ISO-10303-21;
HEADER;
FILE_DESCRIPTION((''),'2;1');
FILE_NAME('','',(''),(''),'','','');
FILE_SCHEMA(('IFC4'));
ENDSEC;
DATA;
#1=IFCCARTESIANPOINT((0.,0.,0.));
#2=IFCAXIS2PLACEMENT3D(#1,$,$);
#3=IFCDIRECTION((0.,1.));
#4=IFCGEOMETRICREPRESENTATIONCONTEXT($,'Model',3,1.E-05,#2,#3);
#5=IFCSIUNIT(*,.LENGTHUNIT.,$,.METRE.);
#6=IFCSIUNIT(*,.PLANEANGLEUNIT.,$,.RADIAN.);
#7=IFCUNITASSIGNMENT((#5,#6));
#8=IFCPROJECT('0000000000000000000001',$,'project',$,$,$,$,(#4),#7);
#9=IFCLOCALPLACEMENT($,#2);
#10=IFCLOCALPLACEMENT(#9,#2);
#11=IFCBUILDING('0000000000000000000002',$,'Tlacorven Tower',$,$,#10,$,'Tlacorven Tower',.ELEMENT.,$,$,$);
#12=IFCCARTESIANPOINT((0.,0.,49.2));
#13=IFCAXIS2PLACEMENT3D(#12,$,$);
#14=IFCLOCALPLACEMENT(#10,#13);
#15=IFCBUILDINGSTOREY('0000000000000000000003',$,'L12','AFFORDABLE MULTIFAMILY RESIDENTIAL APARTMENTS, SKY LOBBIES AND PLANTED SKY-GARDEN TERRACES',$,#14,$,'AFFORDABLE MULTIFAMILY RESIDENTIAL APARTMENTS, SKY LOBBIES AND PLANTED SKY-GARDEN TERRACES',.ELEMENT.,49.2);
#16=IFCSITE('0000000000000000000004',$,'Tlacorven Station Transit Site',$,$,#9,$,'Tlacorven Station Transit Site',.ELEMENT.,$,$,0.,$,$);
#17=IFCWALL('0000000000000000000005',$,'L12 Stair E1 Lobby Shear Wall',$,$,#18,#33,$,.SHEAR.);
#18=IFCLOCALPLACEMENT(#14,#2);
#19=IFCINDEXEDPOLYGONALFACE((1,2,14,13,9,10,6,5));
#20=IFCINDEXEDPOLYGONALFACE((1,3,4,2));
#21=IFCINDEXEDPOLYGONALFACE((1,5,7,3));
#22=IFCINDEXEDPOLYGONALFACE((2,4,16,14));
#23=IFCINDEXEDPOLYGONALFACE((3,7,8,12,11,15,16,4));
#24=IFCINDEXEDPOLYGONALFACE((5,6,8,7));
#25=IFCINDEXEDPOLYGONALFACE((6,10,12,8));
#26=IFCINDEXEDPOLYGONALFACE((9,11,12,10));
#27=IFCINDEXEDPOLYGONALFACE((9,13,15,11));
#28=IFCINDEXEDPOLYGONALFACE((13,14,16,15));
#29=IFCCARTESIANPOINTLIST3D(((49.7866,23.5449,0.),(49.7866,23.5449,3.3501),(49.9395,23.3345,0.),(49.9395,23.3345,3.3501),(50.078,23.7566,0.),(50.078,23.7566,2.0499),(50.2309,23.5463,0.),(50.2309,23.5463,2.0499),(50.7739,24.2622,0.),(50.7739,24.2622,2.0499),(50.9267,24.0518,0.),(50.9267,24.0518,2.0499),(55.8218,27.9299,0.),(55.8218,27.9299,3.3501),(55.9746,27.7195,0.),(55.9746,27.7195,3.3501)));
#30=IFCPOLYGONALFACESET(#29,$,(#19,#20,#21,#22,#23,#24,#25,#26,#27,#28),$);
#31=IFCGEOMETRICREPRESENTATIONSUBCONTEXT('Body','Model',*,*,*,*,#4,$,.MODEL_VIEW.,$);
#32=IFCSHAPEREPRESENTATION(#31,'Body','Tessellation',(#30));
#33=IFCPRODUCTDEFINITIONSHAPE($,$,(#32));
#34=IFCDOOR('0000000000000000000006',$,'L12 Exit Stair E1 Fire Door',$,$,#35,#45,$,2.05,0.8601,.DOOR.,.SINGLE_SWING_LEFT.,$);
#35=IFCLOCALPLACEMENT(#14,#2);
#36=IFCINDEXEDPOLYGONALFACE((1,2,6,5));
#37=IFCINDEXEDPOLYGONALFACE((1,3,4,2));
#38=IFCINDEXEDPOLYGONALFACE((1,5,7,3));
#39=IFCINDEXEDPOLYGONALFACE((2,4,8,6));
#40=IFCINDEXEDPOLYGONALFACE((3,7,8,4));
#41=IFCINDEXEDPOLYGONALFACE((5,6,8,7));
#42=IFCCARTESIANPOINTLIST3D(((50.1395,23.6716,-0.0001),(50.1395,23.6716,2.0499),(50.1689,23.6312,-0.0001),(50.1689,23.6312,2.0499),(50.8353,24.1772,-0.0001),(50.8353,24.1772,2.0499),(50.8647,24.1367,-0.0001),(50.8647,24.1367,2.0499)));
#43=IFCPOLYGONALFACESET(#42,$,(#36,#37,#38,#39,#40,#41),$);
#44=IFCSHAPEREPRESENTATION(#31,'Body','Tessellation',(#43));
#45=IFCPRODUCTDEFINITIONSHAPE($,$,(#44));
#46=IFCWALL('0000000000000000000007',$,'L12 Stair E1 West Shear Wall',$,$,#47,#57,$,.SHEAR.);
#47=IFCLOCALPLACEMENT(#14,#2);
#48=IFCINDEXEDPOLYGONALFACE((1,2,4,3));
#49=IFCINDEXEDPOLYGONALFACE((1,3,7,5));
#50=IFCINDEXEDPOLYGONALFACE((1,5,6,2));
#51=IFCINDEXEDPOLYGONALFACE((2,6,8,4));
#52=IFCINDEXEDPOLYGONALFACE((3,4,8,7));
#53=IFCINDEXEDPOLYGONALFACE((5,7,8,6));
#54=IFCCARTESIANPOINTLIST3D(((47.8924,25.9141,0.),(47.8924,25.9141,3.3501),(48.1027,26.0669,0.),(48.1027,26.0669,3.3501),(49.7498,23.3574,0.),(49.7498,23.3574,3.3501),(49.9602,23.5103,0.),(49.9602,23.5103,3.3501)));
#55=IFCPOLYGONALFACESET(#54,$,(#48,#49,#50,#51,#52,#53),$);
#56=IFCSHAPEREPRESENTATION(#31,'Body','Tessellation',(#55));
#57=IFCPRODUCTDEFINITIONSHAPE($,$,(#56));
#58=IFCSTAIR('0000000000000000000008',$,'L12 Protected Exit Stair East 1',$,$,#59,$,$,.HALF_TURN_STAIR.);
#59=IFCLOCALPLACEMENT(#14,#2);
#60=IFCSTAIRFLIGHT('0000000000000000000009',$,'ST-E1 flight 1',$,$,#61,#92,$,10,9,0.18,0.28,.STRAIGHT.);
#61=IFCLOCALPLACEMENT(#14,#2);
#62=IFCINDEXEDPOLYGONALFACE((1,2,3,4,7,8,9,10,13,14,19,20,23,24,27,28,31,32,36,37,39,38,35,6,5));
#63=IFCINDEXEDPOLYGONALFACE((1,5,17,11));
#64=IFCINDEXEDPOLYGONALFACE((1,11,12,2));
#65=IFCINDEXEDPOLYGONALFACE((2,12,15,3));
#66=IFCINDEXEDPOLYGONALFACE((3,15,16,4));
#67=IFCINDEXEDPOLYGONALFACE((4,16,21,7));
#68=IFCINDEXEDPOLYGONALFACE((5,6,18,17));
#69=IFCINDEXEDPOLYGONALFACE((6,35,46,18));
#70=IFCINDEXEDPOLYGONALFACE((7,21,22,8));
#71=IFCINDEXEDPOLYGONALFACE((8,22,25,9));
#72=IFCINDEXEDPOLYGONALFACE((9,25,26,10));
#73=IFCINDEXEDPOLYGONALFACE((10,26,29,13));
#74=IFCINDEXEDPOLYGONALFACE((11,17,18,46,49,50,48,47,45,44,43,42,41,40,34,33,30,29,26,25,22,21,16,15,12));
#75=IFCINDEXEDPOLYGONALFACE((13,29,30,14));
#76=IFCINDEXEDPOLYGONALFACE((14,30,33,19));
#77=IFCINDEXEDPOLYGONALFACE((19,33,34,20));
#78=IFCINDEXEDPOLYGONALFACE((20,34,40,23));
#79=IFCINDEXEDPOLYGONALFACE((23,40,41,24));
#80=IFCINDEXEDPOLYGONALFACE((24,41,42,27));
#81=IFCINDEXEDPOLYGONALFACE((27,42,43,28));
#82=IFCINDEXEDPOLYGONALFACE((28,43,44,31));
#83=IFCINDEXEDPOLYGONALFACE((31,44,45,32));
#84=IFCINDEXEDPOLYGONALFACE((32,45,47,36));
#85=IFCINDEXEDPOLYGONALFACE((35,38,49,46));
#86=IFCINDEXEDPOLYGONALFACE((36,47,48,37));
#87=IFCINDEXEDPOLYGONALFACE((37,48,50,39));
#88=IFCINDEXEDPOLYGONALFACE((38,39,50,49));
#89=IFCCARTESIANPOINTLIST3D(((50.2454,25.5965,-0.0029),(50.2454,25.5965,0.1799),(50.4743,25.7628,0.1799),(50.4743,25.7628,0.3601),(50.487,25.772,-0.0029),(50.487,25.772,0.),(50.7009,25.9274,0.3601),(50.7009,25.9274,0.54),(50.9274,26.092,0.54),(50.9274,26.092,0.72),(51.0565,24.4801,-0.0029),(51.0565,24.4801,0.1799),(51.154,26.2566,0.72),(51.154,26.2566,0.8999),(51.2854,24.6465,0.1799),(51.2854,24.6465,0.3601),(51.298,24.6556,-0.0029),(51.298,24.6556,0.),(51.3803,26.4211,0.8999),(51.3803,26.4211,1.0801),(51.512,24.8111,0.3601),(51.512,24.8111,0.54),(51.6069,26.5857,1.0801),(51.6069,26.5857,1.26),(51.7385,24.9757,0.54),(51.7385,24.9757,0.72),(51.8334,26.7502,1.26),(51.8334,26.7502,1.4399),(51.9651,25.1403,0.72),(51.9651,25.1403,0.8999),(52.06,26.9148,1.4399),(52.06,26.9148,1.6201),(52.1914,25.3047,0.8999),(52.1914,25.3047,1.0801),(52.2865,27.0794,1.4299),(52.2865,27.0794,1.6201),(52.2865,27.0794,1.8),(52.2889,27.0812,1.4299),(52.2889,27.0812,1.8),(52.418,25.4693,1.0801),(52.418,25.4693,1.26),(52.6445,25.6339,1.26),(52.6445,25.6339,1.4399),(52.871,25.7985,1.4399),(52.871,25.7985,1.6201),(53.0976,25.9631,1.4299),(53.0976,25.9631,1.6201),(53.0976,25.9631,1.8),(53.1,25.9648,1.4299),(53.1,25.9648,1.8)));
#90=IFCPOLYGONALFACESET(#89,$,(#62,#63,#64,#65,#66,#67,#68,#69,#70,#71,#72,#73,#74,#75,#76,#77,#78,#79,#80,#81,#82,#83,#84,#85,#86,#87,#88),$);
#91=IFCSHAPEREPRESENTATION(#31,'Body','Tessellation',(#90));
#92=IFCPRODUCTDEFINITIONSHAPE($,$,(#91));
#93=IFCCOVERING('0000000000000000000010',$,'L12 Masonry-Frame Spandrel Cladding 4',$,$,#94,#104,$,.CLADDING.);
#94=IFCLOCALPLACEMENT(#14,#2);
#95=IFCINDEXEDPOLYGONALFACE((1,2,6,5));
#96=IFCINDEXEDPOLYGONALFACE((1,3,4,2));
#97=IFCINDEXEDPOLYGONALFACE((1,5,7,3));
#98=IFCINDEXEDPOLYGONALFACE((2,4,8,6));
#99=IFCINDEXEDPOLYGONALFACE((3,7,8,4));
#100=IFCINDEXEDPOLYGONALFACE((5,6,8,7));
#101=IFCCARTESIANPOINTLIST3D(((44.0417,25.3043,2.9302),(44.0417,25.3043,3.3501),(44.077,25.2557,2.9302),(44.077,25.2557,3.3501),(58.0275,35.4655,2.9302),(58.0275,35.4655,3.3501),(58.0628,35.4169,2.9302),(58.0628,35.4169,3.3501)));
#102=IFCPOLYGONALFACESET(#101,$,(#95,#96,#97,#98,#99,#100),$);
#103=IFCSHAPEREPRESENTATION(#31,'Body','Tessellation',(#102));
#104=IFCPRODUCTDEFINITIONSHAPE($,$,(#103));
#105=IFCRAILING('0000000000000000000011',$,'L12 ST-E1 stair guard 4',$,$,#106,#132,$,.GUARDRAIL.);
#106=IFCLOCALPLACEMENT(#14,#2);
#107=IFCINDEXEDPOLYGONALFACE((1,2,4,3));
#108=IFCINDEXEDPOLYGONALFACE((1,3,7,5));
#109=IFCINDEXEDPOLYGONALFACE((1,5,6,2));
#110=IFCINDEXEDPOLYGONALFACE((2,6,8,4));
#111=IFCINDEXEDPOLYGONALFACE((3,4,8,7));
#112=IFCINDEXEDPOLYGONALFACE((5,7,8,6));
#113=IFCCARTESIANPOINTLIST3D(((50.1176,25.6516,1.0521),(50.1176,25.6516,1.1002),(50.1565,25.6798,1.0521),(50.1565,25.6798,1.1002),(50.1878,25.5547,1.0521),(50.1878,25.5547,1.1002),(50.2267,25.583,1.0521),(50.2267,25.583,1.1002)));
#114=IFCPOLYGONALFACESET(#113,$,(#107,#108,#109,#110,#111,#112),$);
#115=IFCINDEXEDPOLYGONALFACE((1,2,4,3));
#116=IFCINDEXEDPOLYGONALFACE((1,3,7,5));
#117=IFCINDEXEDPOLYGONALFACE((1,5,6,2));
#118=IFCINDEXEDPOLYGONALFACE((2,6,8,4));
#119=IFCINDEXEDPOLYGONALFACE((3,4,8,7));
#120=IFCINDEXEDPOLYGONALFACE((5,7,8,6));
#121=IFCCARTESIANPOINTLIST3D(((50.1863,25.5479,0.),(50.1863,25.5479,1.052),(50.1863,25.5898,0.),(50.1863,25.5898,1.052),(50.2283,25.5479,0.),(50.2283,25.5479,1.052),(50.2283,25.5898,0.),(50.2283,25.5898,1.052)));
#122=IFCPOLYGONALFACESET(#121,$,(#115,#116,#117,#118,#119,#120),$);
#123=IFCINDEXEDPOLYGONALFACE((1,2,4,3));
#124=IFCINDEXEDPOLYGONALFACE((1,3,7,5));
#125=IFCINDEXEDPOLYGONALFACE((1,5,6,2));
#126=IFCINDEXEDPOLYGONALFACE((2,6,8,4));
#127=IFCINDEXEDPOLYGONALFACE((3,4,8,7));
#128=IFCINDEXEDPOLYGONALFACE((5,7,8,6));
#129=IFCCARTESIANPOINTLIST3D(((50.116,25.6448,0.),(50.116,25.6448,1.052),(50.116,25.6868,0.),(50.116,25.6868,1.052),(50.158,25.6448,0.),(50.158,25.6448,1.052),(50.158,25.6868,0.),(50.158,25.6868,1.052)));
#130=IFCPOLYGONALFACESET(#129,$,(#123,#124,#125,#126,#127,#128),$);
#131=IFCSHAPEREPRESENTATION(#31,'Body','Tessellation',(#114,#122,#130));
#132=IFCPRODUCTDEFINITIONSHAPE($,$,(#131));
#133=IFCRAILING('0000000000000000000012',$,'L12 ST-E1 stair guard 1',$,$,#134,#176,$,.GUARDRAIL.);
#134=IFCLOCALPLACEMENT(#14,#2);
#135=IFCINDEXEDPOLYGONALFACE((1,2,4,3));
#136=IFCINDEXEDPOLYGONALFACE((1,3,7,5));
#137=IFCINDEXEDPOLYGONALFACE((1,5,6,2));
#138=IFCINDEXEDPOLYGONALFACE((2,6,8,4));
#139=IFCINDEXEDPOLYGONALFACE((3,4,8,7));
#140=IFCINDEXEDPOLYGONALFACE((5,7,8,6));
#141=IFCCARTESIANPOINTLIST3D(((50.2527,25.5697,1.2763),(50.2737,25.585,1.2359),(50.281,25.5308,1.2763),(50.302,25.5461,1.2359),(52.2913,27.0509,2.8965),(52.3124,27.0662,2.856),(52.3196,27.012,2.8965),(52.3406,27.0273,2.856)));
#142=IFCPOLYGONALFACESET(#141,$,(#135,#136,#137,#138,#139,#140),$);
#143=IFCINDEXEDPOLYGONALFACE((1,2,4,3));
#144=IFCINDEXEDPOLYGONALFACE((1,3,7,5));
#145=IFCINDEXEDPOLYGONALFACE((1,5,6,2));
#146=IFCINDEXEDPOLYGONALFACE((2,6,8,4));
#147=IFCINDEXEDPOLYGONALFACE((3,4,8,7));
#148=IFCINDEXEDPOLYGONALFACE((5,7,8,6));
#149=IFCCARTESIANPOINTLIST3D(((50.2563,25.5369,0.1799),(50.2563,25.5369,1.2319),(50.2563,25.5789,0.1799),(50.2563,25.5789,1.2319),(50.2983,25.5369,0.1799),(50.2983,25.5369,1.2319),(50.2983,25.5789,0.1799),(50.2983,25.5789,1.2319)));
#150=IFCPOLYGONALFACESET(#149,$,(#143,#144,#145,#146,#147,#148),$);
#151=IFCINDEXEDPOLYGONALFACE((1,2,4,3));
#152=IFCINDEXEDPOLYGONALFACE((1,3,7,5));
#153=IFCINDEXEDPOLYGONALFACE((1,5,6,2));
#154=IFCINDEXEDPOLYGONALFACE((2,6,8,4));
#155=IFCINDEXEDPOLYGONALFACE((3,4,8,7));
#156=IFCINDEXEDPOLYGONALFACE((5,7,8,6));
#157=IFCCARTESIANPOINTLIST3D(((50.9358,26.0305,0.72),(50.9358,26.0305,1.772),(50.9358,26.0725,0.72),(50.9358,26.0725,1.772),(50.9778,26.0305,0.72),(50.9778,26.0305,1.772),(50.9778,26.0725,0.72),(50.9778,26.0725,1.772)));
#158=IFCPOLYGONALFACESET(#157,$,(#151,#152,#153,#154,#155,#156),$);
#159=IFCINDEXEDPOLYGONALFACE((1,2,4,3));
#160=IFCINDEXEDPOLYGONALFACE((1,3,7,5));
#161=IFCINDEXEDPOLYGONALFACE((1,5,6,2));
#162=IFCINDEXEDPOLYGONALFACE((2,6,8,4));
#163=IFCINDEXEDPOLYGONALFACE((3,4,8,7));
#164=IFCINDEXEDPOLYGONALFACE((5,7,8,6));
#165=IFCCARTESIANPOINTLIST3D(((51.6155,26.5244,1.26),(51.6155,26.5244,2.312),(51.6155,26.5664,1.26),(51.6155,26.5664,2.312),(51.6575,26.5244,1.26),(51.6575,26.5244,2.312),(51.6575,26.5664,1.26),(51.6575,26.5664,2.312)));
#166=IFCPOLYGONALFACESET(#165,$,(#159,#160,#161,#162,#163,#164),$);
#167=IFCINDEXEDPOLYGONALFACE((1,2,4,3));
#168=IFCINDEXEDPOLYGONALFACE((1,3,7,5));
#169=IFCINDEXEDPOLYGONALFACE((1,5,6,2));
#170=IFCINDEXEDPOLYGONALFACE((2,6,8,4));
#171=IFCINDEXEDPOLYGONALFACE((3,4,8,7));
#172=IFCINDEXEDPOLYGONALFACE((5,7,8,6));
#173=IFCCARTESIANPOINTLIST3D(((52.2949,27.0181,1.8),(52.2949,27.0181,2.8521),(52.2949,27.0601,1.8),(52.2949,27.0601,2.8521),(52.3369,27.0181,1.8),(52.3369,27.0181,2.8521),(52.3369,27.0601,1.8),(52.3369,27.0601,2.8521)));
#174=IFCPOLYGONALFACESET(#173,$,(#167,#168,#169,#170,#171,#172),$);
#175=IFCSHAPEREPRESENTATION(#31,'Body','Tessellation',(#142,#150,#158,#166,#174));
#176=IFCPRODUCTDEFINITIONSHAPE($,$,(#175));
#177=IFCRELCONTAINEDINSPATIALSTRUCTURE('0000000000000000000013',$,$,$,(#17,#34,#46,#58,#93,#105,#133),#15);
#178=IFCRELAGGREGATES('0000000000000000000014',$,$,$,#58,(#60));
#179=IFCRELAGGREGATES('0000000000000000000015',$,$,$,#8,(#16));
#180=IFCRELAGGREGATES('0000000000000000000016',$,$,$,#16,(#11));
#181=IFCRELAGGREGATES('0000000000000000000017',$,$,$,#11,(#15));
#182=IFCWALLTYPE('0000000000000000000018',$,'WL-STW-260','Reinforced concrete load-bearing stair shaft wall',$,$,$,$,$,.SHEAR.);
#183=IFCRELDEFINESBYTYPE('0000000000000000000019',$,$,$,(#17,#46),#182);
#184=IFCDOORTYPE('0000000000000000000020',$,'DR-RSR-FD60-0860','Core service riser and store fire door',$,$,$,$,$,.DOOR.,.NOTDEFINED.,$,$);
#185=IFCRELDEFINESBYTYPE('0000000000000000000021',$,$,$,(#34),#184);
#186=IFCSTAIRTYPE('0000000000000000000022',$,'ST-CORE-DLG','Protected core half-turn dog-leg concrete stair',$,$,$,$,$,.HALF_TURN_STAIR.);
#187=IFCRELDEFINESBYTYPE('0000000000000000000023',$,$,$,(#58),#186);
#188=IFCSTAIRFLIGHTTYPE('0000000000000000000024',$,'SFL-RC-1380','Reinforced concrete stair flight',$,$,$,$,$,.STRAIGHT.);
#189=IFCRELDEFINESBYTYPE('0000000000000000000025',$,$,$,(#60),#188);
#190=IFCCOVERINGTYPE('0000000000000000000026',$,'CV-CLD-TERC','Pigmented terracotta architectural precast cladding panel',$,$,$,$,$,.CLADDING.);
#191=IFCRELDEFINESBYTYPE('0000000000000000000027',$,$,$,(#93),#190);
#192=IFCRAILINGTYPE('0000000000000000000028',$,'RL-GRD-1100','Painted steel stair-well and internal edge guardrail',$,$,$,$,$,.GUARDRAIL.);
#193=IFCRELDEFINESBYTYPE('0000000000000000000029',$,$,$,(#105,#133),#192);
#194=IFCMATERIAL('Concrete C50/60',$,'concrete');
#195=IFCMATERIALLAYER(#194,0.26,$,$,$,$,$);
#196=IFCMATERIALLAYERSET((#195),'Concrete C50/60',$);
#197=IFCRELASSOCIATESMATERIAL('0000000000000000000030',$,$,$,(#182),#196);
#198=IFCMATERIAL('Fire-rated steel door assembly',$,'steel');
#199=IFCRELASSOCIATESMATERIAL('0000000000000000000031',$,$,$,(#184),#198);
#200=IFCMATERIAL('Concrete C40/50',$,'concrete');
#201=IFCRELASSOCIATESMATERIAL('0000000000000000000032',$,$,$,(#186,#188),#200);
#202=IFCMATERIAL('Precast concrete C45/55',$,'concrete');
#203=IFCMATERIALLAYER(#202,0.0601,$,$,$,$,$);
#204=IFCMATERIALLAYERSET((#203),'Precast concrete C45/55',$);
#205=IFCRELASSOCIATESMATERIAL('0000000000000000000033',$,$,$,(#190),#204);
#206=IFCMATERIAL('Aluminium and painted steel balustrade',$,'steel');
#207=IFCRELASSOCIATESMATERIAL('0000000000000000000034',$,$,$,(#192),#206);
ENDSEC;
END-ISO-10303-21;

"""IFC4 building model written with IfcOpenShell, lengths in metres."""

from ifc_helpers import new_model, si_unit, direction, frame, frame_2d, origin, origin_2d, place, context, subcontext, project, spatial, polyline, rectangle, outline, extrude, source, transform, mapped, material, layer, layer_set, type_object, element, fill, aggregate, save


model = new_model("IFC4")

# Units and contexts
model_context = context("Model", 3, precision=1e-05, world=origin(), true_north=direction((0.0, 1.0)))
body_context = subcontext(model_context, "Body", "Model", "MODEL_VIEW")
ifc_project = project(units=[si_unit("LENGTHUNIT", "METRE"), si_unit("PLANEANGLEUNIT", "RADIAN")], contexts=[model_context])

# Site, building, storey
site_placement = place(None, origin())
site = spatial("IfcSite", under=ifc_project, at=site_placement, Name="Tlacorven Station Transit Site", LongName="Tlacorven Station Transit Site", CompositionType="ELEMENT", RefElevation=0.0)
building_placement = place(site_placement, origin())
building = spatial("IfcBuilding", under=site, at=building_placement, Name="Tlacorven Tower", LongName="Tlacorven Tower", CompositionType="ELEMENT")
storey_placement = place(building_placement, frame((0.0, 0.0, 49.2)))
storey = spatial("IfcBuildingStorey", under=building, at=storey_placement, Name="L12", Description="AFFORDABLE MULTIFAMILY RESIDENTIAL APARTMENTS, SKY LOBBIES AND PLANTED SKY-GARDEN TERRACES", LongName="AFFORDABLE MULTIFAMILY RESIDENTIAL APARTMENTS, SKY LOBBIES AND PLANTED SKY-GARDEN TERRACES", CompositionType="ELEMENT", Elevation=49.2)

# Shared definitions
ifc_material_1 = material(Name="Precast concrete C45/55", Category="concrete")

# Shared definitions
ifc_material_2 = material(Name="Concrete C40/50", Category="concrete")
ifc_material_3 = material(Name="Fire-rated steel door assembly", Category="steel")

# Shared definitions
ifc_material_4 = material(Name="Concrete C50/60", Category="concrete")
ifc_layer_1 = layer(ifc_material_4, 0.26)
ifc_layer_set_1 = layer_set([ifc_layer_1], Name="Concrete C50/60")
wall_type_1 = type_object("IfcWallType", Name="WL-STW-260", Description="Reinforced concrete load-bearing stair shaft wall", PredefinedType="SHEAR", material=ifc_layer_set_1)

# Wall, opening, door
wall_1_placement = place(storey_placement, frame((49.863, 23.4397, 0.0), z_axis=(0.0, 0.0, 1.0), x_axis=(0.809003, 0.587804, 0.0)))
wall_1 = element("IfcWall", 1, at=wall_1_placement, inside=storey, type_object=wall_type_1, Name="L12 Stair E1 Lobby Shear Wall", PredefinedType="SHEAR", context=body_context, shape_type="SweptSolid", body=[
    extrude(rectangle(XDim=7.46, YDim=0.26, at=frame_2d((3.73, 0.0))), origin(), (0.0, 0.0, 1.0), 3.3501),
])
opening_1_placement = place(wall_1_placement, frame((0.3601, 0.0, 0.0)))
opening_1 = element("IfcOpeningElement", 2, at=opening_1_placement, cuts=wall_1, PredefinedType="OPENING", context=body_context, shape_type="SweptSolid", body=[
    extrude(rectangle(XDim=0.8601, YDim=2.05, at=frame_2d((0.4302, 1.0249))), frame((0.0, 0.1401, 0.0), z_axis=(0.0, -1.0, 0.0), x_axis=(1.0, 0.0, 0.0)), (0.0, 0.0, 1.0), 0.28),
])
door_type_1 = type_object("IfcDoorType", Name="DR-RSR-FD60-0860", Description="Core service riser and store fire door", OperationType="NOTDEFINED", PredefinedType="DOOR", material=ifc_material_3)
shared_shape_1 = source(origin(), body_context, "Body", "SweptSolid", [
    extrude(rectangle(XDim=0.8601, YDim=2.05, at=frame_2d((0.4302, 1.0249))), frame((0.0, 0.0249, 0.0), z_axis=(0.0, -1.0, 0.0), x_axis=(1.0, 0.0, 0.0)), (0.0, 0.0, 1.0), 0.05),
])
door_1_placement = place(opening_1_placement, frame((0.8601, 0.0, 0.0), z_axis=(0.0, 0.0, 1.0), x_axis=(-1.0, 0.0, 0.0)))
door_1 = element("IfcDoor", 3, at=door_1_placement, inside=storey, type_object=door_type_1, Name="L12 Exit Stair E1 Fire Door", OperationType="SINGLE_SWING_LEFT", OverallHeight=2.05, OverallWidth=0.8601, PredefinedType="DOOR", context=body_context, shape_type="MappedRepresentation", body=[
    mapped(shared_shape_1, transform((0.0, 0.0, 0.0), scale=1.0)),
])
fill(opening_1, door_1)

# Wall
wall_2_placement = place(storey_placement, frame((49.855, 23.4338, 0.0), z_axis=(0.0, 0.0, 1.0), x_axis=(-0.587767, 0.80903, 0.0)))
element("IfcWall", 4, at=wall_2_placement, inside=storey, type_object=wall_type_1, Name="L12 Stair E1 West Shear Wall", PredefinedType="SHEAR", context=body_context, shape_type="SweptSolid", body=[
    extrude(rectangle(XDim=3.1602, YDim=0.26, at=frame_2d((1.5801, 0.0))), origin(), (0.0, 0.0, 1.0), 3.3501),
])

# Stair, stair flight
stair_type = type_object("IfcStairType", Name="ST-CORE-DLG", Description="Protected core half-turn dog-leg concrete stair", PredefinedType="HALF_TURN_STAIR", material=ifc_material_2)
stair_placement = place(storey_placement, origin())
stair = element("IfcStair", 5, at=stair_placement, inside=storey, type_object=stair_type, Name="L12 Protected Exit Stair East 1", PredefinedType="HALF_TURN_STAIR")
stair_flight_type = type_object("IfcStairFlightType", Name="SFL-RC-1380", Description="Reinforced concrete stair flight", PredefinedType="STRAIGHT", material=ifc_material_2)
shared_shape_2 = source(origin(), body_context, "Body", "SweptSolid", [
    extrude(outline(polyline([(-0.0029, -0.0029), (-0.0029, 0.1799), (0.28, 0.1799), (0.28, 0.3601), (0.5601, 0.3601), (0.5601, 0.54), (0.8401, 0.54), (0.8401, 0.72), (1.1201, 0.72), (1.1201, 0.8999), (1.3999, 0.8999), (1.3999, 1.0801), (1.6799, 1.0801), (1.6799, 1.26), (1.96, 1.26), (1.96, 1.4399), (2.24, 1.4399), (2.24, 1.6201), (2.52, 1.6201), (2.52, 1.8), (2.5229, 1.8), (2.5229, 1.4299), (2.52, 1.4299), (0.2957, 0.0), (0.2957, -0.0029), (-0.0029, -0.0029)])), frame((0.0, 0.6899, 0.0), z_axis=(0.0, -1.0, 0.0), x_axis=(1.0, 0.0, 0.0)), (0.0, 0.0, 1.0), 1.3799),
])
stair_flight_placement = place(storey_placement, frame((50.6533, 25.04, 0.0), z_axis=(0.0, 0.0, 1.0), x_axis=(0.809017, 0.587785, 0.0)))
stair_flight = element("IfcStairFlight", 6, at=stair_flight_placement, type_object=stair_flight_type, Name="ST-E1 flight 1", NumberOfRisers=10, NumberOfTreads=9, PredefinedType="STRAIGHT", RiserHeight=0.18, TreadLength=0.28, context=body_context, shape_type="MappedRepresentation", body=[
    mapped(shared_shape_2, transform((0.0, 0.0, 0.0), scale=1.0)),
])
aggregate(stair, [stair_flight])

# Covering
ifc_layer_2 = layer(ifc_material_1, 0.0601)
ifc_layer_set_2 = layer_set([ifc_layer_2], Name="Precast concrete C45/55")
covering_type = type_object("IfcCoveringType", Name="CV-CLD-TERC", Description="Pigmented terracotta architectural precast cladding panel", PredefinedType="CLADDING", material=ifc_layer_set_2)
shared_shape_3 = source(origin(), body_context, "Body", "SweptSolid", [
    extrude(rectangle(XDim=17.2874, YDim=0.0601, at=origin_2d()), origin(), (0.0, 0.0, 1.0), 0.4199),
])
covering_placement = place(storey_placement, frame((51.0522, 30.3606, 2.9302), z_axis=(0.0, 0.0, 1.0), x_axis=(0.809017, 0.587785, 0.0)))
element("IfcCovering", 7, at=covering_placement, inside=storey, type_object=covering_type, Name="L12 Masonry-Frame Spandrel Cladding 4", PredefinedType="CLADDING", context=body_context, shape_type="MappedRepresentation", body=[
    mapped(shared_shape_3, transform((0.0, 0.0, 0.0), scale=1.0)),
])

# Railings
ifc_material_5 = material(Name="Aluminium and painted steel balustrade", Category="steel")
railing_type_1 = type_object("IfcRailingType", Name="RL-GRD-1100", Description="Painted steel stair-well and internal edge guardrail", PredefinedType="GUARDRAIL", material=ifc_material_5)
shared_shape_4 = source(origin(), body_context, "Body", "SweptSolid", [
    extrude(rectangle(XDim=0.0481, YDim=0.0481, at=origin_2d()), frame((0.0, 0.0, 1.0762), z_axis=(-0.587201, 0.809441, 0.0), x_axis=(-0.809441, -0.587201, 0.0)), (0.0, 0.0, 1.0), 0.1196),
    extrude(rectangle(XDim=0.042, YDim=0.042, at=origin_2d()), origin(), (0.0, 0.0, 1.0), 1.052),
    extrude(rectangle(XDim=0.042, YDim=0.042, at=origin_2d()), frame((-0.0703, 0.0969, 0.0)), (0.0, 0.0, 1.0), 1.052),
])
railing_1_placement = place(storey_placement, frame((50.2073, 25.5688, 0.0)))
element("IfcRailing", 8, at=railing_1_placement, inside=storey, type_object=railing_type_1, Name="L12 ST-E1 stair guard 4", PredefinedType="GUARDRAIL", context=body_context, shape_type="MappedRepresentation", body=[
    mapped(shared_shape_4, transform((0.0, 0.0, 0.0), scale=1.0)),
])
shared_shape_5 = source(origin(), body_context, "Body", "SweptSolid", [
    extrude(rectangle(XDim=0.0481, YDim=0.0481, at=origin_2d()), frame((0.0, 0.0, 1.0762), z_axis=(0.680489, 0.494434, 0.540805), x_axis=(-0.587809, 0.809, 0.0)), (0.0, 0.0, 1.0), 2.9958),
    extrude(rectangle(XDim=0.042, YDim=0.042, at=origin_2d()), origin(), (0.0, 0.0, 1.0), 1.052),
    extrude(rectangle(XDim=0.042, YDim=0.042, at=origin_2d()), frame((0.6794, 0.4937, 0.54)), (0.0, 0.0, 1.0), 1.052),
    extrude(rectangle(XDim=0.042, YDim=0.042, at=origin_2d()), frame((1.3591, 0.9875, 1.0801)), (0.0, 0.0, 1.0), 1.052),
    extrude(rectangle(XDim=0.042, YDim=0.042, at=origin_2d()), frame((2.0386, 1.4812, 1.6201)), (0.0, 0.0, 1.0), 1.052),
])
railing_2_placement = place(storey_placement, frame((50.2773, 25.5579, 0.1799)))
element("IfcRailing", 9, at=railing_2_placement, inside=storey, type_object=railing_type_1, Name="L12 ST-E1 stair guard 1", PredefinedType="GUARDRAIL", context=body_context, shape_type="MappedRepresentation", body=[
    mapped(shared_shape_5, transform((0.0, 0.0, 0.0), scale=1.0)),
])

save(model, "model.ifc")
